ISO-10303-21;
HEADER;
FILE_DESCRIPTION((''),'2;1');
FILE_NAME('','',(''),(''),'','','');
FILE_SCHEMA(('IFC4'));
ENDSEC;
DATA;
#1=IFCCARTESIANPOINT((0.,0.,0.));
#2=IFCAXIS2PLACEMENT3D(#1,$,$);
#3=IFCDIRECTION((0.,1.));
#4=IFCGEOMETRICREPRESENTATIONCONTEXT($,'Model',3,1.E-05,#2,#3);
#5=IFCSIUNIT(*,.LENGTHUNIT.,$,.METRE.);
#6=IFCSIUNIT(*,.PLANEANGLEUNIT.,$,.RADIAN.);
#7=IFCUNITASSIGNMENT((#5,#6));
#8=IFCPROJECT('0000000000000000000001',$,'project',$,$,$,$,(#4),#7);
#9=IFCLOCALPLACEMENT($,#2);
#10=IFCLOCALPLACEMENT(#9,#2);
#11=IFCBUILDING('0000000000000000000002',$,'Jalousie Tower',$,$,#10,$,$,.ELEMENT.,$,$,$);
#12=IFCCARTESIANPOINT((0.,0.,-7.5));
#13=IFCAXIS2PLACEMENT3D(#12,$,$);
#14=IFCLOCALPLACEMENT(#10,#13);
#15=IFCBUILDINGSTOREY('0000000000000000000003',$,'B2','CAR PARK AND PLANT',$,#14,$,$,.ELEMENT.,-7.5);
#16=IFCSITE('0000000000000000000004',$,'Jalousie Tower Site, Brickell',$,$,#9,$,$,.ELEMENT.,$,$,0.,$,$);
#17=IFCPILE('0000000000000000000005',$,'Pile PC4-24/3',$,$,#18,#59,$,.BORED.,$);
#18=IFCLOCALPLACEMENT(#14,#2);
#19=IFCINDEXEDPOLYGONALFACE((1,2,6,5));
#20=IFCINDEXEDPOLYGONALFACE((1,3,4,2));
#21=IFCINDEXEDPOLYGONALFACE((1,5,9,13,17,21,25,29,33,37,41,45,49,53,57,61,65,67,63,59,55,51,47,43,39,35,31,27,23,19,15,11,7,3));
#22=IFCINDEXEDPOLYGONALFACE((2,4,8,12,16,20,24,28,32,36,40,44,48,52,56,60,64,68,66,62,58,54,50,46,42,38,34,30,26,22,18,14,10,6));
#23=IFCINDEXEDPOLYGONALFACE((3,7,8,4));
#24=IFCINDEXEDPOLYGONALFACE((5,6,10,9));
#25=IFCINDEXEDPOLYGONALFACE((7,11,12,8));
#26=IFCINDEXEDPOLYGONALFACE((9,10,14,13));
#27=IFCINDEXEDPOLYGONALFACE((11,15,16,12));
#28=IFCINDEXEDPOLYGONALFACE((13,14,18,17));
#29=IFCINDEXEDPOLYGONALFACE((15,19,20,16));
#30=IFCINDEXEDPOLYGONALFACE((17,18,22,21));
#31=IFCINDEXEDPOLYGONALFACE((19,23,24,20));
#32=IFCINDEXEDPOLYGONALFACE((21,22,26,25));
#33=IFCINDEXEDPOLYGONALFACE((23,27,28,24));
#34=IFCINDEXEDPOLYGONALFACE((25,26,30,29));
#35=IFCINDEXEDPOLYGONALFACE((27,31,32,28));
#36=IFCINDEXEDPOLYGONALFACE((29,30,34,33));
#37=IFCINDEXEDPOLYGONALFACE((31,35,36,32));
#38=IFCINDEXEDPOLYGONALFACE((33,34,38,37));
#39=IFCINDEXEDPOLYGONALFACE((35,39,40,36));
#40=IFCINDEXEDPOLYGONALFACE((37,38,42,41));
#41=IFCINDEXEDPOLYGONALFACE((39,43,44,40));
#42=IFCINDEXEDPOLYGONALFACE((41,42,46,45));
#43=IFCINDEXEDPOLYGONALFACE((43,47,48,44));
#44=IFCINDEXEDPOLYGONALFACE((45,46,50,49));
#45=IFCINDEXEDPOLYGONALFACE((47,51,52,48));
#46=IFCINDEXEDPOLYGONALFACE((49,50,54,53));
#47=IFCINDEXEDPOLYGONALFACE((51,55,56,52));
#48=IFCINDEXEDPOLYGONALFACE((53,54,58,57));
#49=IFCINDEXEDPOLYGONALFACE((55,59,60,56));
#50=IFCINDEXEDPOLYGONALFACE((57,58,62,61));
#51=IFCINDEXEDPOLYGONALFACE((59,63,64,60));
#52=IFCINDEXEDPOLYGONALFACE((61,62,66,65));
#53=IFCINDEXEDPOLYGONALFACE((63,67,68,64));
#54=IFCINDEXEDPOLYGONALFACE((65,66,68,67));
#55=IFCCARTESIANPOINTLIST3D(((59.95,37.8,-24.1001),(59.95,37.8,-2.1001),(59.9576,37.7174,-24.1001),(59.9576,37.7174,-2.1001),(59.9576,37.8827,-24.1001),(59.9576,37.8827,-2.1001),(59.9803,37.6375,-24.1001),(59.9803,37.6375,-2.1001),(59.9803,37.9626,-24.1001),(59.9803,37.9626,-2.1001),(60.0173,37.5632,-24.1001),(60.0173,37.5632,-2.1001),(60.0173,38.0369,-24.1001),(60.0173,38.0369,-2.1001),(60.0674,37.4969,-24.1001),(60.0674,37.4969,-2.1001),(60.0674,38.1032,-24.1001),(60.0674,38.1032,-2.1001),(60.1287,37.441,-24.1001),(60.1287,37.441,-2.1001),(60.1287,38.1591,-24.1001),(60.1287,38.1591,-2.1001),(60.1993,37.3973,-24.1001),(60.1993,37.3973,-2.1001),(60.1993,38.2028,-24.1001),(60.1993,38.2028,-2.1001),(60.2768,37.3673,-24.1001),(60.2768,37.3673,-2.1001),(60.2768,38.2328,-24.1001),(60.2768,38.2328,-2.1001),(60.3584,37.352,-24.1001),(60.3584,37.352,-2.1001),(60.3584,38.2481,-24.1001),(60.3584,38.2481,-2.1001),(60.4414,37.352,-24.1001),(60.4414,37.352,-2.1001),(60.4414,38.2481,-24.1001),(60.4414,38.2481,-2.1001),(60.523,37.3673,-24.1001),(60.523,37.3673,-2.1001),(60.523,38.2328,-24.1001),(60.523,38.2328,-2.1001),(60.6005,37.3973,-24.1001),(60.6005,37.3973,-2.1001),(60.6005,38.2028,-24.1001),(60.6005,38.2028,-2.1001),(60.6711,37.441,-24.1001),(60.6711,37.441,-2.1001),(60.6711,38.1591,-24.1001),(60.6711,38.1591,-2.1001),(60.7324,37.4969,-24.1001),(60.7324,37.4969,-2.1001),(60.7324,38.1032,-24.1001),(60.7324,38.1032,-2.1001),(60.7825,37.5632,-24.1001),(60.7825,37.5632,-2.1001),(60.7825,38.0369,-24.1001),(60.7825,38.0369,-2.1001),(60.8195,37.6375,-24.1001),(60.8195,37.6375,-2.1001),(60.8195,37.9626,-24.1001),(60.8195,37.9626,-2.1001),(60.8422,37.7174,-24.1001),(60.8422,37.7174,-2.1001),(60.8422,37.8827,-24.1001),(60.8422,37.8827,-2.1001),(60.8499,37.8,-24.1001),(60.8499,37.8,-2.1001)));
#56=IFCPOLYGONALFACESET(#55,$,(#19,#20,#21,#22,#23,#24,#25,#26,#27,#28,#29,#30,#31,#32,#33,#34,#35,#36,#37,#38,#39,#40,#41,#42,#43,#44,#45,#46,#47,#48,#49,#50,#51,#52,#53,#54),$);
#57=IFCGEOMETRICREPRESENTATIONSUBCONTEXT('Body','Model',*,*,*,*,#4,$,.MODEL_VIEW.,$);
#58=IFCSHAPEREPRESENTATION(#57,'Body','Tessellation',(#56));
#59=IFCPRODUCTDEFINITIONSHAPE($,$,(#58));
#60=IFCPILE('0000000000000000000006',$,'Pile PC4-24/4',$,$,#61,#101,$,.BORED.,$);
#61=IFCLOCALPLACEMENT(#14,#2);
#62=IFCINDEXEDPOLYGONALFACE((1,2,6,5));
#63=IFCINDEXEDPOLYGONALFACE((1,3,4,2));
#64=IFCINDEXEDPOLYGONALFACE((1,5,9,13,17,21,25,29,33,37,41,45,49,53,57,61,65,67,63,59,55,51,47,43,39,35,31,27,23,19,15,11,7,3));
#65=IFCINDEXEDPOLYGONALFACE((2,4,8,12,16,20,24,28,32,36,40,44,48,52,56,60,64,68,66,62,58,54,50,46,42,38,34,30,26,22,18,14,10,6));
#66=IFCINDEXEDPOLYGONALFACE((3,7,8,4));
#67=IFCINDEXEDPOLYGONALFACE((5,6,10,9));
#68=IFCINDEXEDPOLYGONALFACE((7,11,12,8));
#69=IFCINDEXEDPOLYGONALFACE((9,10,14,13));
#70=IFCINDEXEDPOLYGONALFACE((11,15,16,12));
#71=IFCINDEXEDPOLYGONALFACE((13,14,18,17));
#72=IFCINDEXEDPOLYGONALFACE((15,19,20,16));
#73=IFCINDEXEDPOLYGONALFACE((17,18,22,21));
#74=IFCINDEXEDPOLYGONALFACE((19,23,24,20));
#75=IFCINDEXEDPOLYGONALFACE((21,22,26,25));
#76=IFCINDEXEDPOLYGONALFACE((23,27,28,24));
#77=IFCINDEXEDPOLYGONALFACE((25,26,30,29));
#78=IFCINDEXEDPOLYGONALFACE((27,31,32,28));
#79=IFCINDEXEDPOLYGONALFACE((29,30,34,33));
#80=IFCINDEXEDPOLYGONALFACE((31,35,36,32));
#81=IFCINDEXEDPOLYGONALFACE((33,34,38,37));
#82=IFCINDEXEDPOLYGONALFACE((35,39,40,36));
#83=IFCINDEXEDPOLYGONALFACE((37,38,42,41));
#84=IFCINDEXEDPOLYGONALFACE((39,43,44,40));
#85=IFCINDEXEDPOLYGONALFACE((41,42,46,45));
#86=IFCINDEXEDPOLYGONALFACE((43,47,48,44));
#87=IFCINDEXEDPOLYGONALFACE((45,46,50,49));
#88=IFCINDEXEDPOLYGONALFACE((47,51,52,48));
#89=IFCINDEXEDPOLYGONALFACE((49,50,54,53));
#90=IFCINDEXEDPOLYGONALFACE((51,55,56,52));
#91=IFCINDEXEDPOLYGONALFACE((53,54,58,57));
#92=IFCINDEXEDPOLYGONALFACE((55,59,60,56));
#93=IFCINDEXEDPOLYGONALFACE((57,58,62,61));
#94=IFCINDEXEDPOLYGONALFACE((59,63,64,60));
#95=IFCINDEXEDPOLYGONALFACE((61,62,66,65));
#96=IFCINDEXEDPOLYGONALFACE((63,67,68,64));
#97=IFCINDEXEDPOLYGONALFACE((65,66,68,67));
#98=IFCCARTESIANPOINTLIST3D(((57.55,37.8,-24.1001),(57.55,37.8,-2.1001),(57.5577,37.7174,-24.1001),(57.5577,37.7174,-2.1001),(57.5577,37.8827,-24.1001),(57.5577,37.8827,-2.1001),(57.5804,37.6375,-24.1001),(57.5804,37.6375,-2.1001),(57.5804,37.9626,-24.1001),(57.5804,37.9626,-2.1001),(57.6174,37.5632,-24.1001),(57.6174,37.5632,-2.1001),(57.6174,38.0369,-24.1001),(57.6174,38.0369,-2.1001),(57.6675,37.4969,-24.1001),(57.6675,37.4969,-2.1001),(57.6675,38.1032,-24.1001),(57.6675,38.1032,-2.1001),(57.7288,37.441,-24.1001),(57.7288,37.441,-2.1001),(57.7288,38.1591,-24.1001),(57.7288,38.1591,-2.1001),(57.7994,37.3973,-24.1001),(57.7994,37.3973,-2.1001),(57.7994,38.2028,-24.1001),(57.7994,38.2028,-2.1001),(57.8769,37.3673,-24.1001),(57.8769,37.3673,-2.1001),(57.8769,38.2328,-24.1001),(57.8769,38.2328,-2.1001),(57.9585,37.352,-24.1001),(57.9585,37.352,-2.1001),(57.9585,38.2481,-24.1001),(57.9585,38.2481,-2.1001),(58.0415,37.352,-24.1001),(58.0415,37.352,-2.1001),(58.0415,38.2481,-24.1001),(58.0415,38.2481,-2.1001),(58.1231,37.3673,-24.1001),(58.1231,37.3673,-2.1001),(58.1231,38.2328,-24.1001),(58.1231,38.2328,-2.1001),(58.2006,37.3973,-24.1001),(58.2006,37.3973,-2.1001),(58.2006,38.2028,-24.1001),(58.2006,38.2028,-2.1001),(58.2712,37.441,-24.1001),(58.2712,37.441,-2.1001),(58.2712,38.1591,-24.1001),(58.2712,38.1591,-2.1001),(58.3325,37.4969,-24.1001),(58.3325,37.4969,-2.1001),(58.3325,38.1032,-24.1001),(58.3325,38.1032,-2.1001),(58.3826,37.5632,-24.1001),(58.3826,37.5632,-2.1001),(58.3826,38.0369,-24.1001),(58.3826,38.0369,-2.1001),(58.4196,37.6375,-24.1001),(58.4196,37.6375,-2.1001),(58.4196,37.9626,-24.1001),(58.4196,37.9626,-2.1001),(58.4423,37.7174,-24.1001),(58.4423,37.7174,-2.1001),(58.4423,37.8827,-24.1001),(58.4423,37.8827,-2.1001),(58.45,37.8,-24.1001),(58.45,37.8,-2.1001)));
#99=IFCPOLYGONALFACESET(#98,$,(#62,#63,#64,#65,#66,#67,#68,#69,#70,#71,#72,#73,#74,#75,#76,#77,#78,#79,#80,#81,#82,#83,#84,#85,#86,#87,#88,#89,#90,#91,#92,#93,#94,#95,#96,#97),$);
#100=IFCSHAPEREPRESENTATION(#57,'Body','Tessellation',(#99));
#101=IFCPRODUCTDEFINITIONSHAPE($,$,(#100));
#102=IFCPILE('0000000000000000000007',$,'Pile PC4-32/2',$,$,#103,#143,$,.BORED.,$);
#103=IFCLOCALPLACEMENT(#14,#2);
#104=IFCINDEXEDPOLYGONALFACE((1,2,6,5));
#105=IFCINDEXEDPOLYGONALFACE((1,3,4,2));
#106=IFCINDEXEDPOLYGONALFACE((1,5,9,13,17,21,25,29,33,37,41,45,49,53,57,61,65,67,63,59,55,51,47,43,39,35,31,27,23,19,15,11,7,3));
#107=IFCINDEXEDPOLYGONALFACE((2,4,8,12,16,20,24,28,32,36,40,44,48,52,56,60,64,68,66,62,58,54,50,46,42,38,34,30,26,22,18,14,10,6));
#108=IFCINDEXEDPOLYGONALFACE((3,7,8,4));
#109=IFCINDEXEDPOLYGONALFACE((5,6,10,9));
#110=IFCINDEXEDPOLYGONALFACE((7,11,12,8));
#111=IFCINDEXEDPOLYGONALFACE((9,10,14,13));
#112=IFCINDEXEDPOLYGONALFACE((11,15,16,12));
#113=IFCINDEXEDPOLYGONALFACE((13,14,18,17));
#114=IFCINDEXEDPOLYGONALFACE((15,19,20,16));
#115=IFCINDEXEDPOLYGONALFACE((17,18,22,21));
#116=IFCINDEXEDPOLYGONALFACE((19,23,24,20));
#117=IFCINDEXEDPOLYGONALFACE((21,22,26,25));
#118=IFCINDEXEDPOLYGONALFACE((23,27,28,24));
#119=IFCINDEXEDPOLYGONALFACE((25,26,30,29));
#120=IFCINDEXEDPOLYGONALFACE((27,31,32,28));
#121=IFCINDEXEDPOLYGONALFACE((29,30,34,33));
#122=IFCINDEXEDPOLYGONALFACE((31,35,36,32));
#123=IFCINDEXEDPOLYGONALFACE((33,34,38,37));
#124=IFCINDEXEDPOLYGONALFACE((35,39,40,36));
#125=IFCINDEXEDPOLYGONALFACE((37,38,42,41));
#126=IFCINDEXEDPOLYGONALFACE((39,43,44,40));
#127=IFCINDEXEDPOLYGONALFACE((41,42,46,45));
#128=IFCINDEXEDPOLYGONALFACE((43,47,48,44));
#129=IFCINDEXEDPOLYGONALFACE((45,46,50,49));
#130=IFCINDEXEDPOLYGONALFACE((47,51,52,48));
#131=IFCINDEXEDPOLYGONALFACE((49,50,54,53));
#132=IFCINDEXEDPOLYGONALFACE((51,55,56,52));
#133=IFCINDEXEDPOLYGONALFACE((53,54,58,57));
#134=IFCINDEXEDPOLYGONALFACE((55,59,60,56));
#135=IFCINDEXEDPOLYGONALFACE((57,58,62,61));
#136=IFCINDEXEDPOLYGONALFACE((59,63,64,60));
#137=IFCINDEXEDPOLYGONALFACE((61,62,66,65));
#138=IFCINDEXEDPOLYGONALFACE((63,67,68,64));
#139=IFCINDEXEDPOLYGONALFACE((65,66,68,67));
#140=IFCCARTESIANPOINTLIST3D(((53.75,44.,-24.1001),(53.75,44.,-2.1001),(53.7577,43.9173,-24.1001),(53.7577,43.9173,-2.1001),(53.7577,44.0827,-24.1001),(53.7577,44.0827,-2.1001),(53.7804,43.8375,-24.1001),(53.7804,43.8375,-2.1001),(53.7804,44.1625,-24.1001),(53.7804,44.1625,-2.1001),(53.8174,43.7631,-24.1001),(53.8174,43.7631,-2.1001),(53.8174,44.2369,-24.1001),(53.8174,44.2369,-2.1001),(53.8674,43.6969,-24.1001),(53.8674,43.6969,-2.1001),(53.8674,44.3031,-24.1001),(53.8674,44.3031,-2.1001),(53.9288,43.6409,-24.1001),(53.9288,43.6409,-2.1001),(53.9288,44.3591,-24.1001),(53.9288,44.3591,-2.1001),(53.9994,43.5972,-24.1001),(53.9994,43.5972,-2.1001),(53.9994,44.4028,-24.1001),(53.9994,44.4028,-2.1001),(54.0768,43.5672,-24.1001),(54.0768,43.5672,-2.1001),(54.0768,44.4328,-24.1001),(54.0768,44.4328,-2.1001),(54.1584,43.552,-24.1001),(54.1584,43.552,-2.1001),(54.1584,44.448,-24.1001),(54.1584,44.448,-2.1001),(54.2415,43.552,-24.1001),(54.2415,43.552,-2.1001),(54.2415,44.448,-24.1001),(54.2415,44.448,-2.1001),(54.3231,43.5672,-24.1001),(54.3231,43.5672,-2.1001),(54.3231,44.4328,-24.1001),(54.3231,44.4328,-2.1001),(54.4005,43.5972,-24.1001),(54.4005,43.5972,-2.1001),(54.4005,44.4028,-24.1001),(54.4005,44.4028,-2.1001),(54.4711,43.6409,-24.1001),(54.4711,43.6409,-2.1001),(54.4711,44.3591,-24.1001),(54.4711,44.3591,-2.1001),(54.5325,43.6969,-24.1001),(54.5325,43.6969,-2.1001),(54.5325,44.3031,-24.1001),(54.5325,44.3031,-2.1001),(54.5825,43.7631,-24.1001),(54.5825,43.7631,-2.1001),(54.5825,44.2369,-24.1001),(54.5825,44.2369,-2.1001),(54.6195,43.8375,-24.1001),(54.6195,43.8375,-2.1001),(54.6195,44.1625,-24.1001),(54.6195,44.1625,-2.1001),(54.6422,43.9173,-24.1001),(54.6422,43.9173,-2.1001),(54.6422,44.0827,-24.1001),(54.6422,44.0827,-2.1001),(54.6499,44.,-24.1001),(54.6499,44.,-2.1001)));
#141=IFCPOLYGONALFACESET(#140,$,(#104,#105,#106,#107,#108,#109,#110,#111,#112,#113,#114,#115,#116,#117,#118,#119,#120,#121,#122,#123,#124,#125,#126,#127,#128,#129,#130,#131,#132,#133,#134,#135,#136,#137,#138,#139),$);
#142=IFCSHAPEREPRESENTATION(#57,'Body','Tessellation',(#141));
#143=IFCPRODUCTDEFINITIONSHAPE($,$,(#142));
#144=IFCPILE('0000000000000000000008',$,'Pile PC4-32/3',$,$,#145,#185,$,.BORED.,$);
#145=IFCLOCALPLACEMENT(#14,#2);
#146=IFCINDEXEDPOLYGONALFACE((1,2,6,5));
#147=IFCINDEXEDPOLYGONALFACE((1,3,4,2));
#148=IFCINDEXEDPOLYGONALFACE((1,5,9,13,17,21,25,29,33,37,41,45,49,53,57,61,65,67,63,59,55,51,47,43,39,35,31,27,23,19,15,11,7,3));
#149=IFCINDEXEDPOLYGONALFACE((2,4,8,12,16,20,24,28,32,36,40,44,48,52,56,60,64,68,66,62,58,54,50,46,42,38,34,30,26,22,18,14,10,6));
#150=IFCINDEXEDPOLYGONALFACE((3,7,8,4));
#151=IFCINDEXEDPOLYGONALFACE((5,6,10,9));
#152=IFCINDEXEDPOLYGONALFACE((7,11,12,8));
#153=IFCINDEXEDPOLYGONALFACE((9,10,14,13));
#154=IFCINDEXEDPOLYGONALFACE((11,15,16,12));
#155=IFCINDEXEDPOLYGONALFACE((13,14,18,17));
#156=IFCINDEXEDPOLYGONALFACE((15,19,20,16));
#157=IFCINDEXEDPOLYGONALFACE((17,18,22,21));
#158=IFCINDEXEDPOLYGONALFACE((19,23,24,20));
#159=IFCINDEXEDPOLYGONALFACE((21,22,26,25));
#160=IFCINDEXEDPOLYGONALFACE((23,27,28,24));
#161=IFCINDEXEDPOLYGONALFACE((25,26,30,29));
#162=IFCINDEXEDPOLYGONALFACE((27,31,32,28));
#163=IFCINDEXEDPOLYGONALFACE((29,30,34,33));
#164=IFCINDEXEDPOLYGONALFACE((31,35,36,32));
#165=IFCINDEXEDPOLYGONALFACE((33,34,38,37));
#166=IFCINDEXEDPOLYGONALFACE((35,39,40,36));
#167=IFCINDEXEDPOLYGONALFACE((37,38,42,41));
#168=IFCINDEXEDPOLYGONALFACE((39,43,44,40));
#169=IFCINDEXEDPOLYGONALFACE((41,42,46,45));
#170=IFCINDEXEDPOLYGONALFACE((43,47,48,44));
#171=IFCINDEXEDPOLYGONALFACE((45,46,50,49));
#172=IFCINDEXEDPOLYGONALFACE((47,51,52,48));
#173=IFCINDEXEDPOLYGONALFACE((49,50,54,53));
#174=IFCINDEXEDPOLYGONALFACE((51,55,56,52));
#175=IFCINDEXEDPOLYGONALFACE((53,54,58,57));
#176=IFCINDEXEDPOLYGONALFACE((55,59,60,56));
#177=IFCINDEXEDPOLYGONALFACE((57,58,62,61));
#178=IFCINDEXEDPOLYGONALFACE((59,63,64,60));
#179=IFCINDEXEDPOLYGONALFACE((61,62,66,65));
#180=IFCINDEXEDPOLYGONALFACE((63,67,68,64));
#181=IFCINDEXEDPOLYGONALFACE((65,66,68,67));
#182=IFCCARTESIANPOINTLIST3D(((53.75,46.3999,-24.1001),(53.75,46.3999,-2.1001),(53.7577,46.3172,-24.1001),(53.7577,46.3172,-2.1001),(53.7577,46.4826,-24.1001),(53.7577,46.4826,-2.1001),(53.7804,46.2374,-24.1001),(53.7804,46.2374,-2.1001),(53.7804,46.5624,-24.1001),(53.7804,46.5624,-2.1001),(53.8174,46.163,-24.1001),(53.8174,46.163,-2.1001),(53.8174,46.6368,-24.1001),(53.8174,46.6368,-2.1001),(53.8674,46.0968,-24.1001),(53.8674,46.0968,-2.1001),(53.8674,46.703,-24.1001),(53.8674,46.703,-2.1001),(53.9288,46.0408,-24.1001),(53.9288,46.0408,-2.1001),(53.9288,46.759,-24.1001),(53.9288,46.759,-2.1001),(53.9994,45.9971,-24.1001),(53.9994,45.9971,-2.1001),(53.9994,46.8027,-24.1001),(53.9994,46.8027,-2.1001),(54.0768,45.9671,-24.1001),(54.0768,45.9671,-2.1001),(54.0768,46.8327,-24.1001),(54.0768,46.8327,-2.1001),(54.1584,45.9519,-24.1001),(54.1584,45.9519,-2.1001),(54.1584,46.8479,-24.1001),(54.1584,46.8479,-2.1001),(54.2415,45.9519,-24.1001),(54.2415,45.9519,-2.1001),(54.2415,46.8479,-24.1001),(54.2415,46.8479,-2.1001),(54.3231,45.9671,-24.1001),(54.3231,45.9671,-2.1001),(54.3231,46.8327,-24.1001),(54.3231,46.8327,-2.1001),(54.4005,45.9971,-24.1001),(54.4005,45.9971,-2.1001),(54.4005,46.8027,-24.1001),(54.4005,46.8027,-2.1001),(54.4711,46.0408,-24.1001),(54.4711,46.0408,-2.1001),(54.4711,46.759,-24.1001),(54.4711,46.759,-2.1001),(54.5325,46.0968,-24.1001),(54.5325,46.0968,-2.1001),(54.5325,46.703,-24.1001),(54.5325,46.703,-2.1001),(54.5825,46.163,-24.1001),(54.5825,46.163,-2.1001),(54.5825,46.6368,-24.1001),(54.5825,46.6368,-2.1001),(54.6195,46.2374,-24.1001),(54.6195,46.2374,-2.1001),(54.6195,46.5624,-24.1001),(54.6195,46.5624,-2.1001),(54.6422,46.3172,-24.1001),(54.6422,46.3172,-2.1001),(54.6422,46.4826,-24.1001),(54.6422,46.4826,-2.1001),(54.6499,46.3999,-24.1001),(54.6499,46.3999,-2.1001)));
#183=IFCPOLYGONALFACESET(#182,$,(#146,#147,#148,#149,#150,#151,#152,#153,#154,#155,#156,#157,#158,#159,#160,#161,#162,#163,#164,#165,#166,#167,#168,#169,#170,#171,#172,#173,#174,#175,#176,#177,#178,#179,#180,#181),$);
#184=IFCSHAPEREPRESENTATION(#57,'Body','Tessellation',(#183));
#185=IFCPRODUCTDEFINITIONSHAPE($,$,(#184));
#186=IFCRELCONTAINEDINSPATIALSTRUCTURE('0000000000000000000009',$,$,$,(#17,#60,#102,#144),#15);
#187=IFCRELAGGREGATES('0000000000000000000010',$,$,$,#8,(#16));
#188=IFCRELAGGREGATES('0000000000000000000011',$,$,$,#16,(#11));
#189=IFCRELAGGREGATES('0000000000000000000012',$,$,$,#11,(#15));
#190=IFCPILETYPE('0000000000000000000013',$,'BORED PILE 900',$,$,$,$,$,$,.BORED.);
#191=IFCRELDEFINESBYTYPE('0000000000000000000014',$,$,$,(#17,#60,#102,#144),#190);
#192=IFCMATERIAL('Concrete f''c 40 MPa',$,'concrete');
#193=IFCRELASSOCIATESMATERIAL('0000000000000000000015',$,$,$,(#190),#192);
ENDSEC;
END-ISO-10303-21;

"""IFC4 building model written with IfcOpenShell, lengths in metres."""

from ifc_helpers import new_model, si_unit, direction, frame, origin, origin_2d, place, context, subcontext, project, spatial, circle, extrude, material, material_profile, profile_set, type_object, element, save


model = new_model("IFC4")

# Units and contexts
model_context = context("Model", 3, precision=1e-05, world=origin(), true_north=direction((0.0, 1.0)))
body_context = subcontext(model_context, "Body", "Model", "MODEL_VIEW")
ifc_project = project(units=[si_unit("LENGTHUNIT", "METRE"), si_unit("PLANEANGLEUNIT", "RADIAN")], contexts=[model_context])

# Site, building, storey
site_placement = place(None, origin())
site = spatial("IfcSite", under=ifc_project, at=site_placement, Name="Jalousie Tower Site, Brickell", CompositionType="ELEMENT", RefElevation=0.0)
building_placement = place(site_placement, origin())
building = spatial("IfcBuilding", under=site, at=building_placement, Name="Jalousie Tower", CompositionType="ELEMENT")
storey_placement = place(building_placement, frame((0.0, 0.0, -7.5)))
storey = spatial("IfcBuildingStorey", under=building, at=storey_placement, Name="B2", Description="CAR PARK AND PLANT", CompositionType="ELEMENT", Elevation=-7.5)

# Piles
ifc_material_1 = material(Name="Concrete f'c 40 MPa", Category="concrete")
ifc_material_profile_1 = material_profile(ifc_material_1, circle(Radius=0.45, at=origin_2d()), Name="BORED PILE D900")
ifc_profile_set_1 = profile_set([ifc_material_profile_1], Name="Concrete f'c 40 MPa")
pile_type = type_object("IfcPileType", Name="BORED PILE 900", PredefinedType="BORED", material=ifc_profile_set_1)
for number, where, z_axis, x_axis, name in (
    (1, (60.3999, 37.8, -2.1001), (0.0, 0.0, -1.0), (1.0, 0.0, 0.0), "Pile PC4-24/3"),
    (2, (58.0, 37.8, -2.1001), (0.0, 0.0, -1.0), (1.0, 0.0, 0.0), "Pile PC4-24/4"),
    (3, (54.2, 44.0, -2.1001), (0.0, 0.0, -1.0), (1.0, 0.0, 0.0), "Pile PC4-32/2"),
    (4, (54.2, 46.3999, -2.1001), (0.0, 0.0, -1.0), (1.0, 0.0, 0.0), "Pile PC4-32/3"),
):
    element("IfcPile", number, at=place(storey_placement, frame(where, z_axis=z_axis, x_axis=x_axis)), inside=storey, type_object=pile_type, Name=name, PredefinedType="BORED", context=body_context, shape_type="SweptSolid", body=[
        extrude(circle(Radius=0.45, at=origin_2d()), origin(), (0.0, 0.0, 1.0), 22.0),
    ])

save(model, "model.ifc")
